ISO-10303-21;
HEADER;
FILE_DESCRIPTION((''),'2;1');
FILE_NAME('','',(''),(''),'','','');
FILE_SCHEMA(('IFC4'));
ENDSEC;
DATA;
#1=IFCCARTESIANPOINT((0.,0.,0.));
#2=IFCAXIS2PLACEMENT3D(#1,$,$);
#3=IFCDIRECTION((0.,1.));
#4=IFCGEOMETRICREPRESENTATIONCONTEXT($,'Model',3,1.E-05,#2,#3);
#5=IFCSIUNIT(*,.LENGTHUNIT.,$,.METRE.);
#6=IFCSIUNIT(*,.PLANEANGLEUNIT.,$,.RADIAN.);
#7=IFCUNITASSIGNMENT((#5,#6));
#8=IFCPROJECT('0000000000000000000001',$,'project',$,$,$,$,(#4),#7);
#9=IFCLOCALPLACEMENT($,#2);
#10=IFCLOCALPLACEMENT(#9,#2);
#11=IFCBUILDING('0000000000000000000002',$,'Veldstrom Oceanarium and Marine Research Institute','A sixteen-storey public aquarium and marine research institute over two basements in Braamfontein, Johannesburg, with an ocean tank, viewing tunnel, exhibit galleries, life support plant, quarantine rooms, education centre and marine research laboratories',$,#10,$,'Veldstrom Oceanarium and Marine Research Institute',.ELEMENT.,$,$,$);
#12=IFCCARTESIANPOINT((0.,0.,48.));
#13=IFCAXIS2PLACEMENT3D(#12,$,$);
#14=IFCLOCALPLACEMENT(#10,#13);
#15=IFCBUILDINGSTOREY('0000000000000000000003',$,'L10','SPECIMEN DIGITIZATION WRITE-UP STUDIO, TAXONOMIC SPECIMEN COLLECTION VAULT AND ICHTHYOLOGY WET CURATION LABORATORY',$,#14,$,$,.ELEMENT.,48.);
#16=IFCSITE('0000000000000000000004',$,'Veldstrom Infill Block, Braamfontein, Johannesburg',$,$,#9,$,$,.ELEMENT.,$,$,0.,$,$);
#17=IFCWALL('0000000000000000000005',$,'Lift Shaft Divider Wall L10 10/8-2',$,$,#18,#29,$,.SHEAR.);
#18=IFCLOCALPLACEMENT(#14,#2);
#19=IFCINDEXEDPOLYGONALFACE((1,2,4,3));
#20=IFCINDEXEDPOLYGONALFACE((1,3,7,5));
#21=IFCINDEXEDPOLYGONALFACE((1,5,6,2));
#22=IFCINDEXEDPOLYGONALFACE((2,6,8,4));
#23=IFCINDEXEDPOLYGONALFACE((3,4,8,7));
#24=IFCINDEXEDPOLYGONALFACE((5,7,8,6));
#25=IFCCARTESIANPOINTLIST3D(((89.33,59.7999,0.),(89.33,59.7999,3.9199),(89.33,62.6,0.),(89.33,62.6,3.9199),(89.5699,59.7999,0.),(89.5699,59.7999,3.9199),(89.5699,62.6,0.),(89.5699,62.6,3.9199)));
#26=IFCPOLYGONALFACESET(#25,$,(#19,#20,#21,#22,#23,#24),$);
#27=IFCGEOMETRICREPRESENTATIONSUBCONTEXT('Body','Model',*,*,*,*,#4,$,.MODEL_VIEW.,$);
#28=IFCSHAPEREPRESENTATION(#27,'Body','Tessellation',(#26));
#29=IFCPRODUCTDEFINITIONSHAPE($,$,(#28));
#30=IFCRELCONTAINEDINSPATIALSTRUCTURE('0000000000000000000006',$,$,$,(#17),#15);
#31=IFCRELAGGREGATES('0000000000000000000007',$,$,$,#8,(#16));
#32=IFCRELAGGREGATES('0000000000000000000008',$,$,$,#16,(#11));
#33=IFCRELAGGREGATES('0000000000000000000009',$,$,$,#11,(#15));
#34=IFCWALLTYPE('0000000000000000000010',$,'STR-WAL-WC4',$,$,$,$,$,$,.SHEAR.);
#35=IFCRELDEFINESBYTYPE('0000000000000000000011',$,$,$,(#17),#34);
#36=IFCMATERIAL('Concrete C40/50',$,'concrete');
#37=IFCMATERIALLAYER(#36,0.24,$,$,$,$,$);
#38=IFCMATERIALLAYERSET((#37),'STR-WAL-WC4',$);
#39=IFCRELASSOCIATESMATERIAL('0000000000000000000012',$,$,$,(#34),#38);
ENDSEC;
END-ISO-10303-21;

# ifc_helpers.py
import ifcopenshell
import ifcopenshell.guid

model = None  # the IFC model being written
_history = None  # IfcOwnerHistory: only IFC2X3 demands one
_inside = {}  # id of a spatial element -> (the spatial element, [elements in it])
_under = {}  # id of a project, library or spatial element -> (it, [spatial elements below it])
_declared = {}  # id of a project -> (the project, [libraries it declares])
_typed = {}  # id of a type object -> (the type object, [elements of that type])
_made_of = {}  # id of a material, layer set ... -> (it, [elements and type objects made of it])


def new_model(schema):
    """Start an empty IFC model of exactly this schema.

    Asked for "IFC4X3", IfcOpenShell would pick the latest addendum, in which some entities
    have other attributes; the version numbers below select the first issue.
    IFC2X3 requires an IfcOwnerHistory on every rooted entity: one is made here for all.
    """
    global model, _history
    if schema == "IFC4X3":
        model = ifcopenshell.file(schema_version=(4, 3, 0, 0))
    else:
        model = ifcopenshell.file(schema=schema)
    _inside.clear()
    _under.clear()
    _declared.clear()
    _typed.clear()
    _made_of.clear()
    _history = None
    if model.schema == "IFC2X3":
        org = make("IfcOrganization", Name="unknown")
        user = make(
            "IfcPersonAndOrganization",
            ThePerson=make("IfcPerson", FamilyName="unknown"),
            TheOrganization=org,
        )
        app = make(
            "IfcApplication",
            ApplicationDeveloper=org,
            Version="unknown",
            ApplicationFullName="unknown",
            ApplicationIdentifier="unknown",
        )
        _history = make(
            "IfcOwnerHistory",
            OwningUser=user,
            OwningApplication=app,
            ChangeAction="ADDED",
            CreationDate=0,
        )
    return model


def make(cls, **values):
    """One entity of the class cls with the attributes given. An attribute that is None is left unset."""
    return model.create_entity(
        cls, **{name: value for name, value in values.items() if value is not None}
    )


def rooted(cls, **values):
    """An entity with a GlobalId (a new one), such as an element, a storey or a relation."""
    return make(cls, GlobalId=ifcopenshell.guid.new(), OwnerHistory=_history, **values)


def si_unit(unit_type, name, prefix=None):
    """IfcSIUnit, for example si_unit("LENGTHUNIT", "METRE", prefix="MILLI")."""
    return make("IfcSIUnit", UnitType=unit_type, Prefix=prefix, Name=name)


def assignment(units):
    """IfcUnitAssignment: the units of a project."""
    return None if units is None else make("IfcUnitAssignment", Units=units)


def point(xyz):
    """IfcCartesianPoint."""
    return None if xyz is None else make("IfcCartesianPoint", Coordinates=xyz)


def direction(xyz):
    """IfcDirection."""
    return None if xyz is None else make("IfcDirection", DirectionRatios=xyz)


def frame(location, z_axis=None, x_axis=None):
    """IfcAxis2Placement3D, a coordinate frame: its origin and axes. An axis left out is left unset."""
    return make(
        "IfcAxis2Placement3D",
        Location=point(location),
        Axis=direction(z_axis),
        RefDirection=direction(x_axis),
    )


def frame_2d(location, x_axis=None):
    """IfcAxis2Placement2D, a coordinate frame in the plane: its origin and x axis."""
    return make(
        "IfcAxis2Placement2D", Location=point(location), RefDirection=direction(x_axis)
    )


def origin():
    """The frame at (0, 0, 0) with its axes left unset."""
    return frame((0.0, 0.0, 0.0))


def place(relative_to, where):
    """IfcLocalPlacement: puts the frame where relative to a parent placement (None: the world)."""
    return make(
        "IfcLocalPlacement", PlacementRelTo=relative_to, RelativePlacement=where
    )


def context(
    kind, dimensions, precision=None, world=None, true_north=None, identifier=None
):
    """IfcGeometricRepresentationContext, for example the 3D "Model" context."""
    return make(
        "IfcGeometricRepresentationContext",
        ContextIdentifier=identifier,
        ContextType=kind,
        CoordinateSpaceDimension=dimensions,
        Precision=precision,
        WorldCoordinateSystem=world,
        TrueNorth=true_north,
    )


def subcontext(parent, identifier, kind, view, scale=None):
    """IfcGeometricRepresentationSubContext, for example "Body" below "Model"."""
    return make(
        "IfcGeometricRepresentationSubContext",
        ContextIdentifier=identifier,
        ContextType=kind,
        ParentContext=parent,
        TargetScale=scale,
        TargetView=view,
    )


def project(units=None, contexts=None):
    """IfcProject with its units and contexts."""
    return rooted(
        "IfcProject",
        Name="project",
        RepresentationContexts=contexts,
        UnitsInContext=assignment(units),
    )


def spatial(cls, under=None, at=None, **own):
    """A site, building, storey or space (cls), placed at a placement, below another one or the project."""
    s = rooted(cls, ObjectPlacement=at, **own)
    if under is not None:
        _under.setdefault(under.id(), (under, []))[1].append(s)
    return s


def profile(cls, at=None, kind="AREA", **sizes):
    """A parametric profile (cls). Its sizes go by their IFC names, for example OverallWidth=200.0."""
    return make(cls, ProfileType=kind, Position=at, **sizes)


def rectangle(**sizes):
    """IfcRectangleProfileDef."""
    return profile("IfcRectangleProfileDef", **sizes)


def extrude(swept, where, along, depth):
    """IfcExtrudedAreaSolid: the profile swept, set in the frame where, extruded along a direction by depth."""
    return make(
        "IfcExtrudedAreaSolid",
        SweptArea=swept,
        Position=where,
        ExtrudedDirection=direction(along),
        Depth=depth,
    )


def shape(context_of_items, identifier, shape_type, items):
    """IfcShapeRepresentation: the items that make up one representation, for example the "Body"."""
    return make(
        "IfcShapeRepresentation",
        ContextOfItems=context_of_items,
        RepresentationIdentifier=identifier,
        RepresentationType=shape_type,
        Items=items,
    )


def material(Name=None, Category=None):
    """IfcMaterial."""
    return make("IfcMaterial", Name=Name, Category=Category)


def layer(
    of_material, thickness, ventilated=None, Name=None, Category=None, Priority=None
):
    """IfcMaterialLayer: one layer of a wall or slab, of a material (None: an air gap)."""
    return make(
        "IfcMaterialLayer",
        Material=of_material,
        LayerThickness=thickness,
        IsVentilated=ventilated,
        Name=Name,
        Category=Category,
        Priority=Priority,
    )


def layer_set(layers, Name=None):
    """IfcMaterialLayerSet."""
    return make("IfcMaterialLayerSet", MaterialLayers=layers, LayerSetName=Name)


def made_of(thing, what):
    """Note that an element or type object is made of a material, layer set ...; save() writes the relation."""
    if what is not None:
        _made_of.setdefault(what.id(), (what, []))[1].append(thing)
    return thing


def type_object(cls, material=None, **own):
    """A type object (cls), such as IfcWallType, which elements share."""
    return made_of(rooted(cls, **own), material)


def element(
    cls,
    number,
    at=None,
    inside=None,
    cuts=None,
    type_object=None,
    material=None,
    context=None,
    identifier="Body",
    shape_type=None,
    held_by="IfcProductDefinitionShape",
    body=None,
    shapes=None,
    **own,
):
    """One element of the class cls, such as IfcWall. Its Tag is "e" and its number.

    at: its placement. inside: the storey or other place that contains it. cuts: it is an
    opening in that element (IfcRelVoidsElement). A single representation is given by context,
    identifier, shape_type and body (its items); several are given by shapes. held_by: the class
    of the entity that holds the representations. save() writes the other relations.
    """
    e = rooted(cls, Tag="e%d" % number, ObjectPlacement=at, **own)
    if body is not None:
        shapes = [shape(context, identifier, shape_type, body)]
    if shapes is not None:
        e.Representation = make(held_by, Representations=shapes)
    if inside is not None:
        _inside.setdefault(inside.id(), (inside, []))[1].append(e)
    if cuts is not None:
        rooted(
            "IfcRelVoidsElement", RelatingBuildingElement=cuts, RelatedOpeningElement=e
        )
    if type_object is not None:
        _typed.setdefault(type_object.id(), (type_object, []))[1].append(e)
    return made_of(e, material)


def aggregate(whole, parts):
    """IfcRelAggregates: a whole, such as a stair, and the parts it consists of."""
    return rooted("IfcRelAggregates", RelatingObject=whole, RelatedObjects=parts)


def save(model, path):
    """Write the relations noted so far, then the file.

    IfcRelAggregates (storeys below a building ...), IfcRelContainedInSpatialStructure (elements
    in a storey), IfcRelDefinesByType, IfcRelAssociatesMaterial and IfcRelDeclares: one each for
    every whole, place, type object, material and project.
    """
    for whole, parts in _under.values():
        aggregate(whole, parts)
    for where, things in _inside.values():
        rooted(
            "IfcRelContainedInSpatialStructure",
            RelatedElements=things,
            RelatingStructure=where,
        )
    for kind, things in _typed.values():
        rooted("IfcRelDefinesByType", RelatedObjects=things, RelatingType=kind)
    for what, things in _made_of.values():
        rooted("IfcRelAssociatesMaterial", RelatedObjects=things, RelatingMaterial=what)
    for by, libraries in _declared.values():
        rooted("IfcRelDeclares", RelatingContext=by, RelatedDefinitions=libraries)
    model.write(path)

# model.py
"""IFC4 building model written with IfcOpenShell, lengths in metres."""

from ifc_helpers import new_model, si_unit, direction, frame, frame_2d, origin, place, context, subcontext, project, spatial, rectangle, extrude, material, layer, layer_set, type_object, element, save


model = new_model("IFC4")

# Units and contexts
model_context = context("Model", 3, precision=1e-05, world=origin(), true_north=direction((0.0, 1.0)))
body_context = subcontext(model_context, "Body", "Model", "MODEL_VIEW")
ifc_project = project(units=[si_unit("LENGTHUNIT", "METRE"), si_unit("PLANEANGLEUNIT", "RADIAN")], contexts=[model_context])

# Site, building, storey
site_placement = place(None, origin())
site = spatial("IfcSite", under=ifc_project, at=site_placement, Name="Veldstrom Infill Block, Braamfontein, Johannesburg", CompositionType="ELEMENT", RefElevation=0.0)
building_placement = place(site_placement, origin())
building = spatial("IfcBuilding", under=site, at=building_placement, Name="Veldstrom Oceanarium and Marine Research Institute", Description="A sixteen-storey public aquarium and marine research institute over two basements in Braamfontein, Johannesburg, with an ocean tank, viewing tunnel, exhibit galleries, life support plant, quarantine rooms, education centre and marine research laboratories", LongName="Veldstrom Oceanarium and Marine Research Institute", CompositionType="ELEMENT")
storey_placement = place(building_placement, frame((0.0, 0.0, 48.0)))
storey = spatial("IfcBuildingStorey", under=building, at=storey_placement, Name="L10", Description="SPECIMEN DIGITIZATION WRITE-UP STUDIO, TAXONOMIC SPECIMEN COLLECTION VAULT AND ICHTHYOLOGY WET CURATION LABORATORY", CompositionType="ELEMENT", Elevation=48.0)

# Wall
ifc_material_1 = material(Name="Concrete C40/50", Category="concrete")
ifc_layer_1 = layer(ifc_material_1, 0.24)
ifc_layer_set_1 = layer_set([ifc_layer_1], Name="STR-WAL-WC4")
wall_type_1 = type_object("IfcWallType", Name="STR-WAL-WC4", PredefinedType="SHEAR", material=ifc_layer_set_1)
for number, where, z_axis, x_axis, name in (
    (1, (89.45, 59.8, 0.0), (0.0, 0.0, 1.0), (0.0, 1.0, 0.0), "Lift Shaft Divider Wall L10 10/8-2"),
):
    element("IfcWall", number, at=place(storey_placement, frame(where, z_axis=z_axis, x_axis=x_axis)), inside=storey, type_object=wall_type_1, Name=name, PredefinedType="SHEAR", context=body_context, shape_type="SweptSolid", body=[
        extrude(rectangle(XDim=2.8, YDim=0.24, at=frame_2d((1.3999, 0.0))), origin(), (0.0, 0.0, 1.0), 3.9199),
    ])

save(model, "model.ifc")
